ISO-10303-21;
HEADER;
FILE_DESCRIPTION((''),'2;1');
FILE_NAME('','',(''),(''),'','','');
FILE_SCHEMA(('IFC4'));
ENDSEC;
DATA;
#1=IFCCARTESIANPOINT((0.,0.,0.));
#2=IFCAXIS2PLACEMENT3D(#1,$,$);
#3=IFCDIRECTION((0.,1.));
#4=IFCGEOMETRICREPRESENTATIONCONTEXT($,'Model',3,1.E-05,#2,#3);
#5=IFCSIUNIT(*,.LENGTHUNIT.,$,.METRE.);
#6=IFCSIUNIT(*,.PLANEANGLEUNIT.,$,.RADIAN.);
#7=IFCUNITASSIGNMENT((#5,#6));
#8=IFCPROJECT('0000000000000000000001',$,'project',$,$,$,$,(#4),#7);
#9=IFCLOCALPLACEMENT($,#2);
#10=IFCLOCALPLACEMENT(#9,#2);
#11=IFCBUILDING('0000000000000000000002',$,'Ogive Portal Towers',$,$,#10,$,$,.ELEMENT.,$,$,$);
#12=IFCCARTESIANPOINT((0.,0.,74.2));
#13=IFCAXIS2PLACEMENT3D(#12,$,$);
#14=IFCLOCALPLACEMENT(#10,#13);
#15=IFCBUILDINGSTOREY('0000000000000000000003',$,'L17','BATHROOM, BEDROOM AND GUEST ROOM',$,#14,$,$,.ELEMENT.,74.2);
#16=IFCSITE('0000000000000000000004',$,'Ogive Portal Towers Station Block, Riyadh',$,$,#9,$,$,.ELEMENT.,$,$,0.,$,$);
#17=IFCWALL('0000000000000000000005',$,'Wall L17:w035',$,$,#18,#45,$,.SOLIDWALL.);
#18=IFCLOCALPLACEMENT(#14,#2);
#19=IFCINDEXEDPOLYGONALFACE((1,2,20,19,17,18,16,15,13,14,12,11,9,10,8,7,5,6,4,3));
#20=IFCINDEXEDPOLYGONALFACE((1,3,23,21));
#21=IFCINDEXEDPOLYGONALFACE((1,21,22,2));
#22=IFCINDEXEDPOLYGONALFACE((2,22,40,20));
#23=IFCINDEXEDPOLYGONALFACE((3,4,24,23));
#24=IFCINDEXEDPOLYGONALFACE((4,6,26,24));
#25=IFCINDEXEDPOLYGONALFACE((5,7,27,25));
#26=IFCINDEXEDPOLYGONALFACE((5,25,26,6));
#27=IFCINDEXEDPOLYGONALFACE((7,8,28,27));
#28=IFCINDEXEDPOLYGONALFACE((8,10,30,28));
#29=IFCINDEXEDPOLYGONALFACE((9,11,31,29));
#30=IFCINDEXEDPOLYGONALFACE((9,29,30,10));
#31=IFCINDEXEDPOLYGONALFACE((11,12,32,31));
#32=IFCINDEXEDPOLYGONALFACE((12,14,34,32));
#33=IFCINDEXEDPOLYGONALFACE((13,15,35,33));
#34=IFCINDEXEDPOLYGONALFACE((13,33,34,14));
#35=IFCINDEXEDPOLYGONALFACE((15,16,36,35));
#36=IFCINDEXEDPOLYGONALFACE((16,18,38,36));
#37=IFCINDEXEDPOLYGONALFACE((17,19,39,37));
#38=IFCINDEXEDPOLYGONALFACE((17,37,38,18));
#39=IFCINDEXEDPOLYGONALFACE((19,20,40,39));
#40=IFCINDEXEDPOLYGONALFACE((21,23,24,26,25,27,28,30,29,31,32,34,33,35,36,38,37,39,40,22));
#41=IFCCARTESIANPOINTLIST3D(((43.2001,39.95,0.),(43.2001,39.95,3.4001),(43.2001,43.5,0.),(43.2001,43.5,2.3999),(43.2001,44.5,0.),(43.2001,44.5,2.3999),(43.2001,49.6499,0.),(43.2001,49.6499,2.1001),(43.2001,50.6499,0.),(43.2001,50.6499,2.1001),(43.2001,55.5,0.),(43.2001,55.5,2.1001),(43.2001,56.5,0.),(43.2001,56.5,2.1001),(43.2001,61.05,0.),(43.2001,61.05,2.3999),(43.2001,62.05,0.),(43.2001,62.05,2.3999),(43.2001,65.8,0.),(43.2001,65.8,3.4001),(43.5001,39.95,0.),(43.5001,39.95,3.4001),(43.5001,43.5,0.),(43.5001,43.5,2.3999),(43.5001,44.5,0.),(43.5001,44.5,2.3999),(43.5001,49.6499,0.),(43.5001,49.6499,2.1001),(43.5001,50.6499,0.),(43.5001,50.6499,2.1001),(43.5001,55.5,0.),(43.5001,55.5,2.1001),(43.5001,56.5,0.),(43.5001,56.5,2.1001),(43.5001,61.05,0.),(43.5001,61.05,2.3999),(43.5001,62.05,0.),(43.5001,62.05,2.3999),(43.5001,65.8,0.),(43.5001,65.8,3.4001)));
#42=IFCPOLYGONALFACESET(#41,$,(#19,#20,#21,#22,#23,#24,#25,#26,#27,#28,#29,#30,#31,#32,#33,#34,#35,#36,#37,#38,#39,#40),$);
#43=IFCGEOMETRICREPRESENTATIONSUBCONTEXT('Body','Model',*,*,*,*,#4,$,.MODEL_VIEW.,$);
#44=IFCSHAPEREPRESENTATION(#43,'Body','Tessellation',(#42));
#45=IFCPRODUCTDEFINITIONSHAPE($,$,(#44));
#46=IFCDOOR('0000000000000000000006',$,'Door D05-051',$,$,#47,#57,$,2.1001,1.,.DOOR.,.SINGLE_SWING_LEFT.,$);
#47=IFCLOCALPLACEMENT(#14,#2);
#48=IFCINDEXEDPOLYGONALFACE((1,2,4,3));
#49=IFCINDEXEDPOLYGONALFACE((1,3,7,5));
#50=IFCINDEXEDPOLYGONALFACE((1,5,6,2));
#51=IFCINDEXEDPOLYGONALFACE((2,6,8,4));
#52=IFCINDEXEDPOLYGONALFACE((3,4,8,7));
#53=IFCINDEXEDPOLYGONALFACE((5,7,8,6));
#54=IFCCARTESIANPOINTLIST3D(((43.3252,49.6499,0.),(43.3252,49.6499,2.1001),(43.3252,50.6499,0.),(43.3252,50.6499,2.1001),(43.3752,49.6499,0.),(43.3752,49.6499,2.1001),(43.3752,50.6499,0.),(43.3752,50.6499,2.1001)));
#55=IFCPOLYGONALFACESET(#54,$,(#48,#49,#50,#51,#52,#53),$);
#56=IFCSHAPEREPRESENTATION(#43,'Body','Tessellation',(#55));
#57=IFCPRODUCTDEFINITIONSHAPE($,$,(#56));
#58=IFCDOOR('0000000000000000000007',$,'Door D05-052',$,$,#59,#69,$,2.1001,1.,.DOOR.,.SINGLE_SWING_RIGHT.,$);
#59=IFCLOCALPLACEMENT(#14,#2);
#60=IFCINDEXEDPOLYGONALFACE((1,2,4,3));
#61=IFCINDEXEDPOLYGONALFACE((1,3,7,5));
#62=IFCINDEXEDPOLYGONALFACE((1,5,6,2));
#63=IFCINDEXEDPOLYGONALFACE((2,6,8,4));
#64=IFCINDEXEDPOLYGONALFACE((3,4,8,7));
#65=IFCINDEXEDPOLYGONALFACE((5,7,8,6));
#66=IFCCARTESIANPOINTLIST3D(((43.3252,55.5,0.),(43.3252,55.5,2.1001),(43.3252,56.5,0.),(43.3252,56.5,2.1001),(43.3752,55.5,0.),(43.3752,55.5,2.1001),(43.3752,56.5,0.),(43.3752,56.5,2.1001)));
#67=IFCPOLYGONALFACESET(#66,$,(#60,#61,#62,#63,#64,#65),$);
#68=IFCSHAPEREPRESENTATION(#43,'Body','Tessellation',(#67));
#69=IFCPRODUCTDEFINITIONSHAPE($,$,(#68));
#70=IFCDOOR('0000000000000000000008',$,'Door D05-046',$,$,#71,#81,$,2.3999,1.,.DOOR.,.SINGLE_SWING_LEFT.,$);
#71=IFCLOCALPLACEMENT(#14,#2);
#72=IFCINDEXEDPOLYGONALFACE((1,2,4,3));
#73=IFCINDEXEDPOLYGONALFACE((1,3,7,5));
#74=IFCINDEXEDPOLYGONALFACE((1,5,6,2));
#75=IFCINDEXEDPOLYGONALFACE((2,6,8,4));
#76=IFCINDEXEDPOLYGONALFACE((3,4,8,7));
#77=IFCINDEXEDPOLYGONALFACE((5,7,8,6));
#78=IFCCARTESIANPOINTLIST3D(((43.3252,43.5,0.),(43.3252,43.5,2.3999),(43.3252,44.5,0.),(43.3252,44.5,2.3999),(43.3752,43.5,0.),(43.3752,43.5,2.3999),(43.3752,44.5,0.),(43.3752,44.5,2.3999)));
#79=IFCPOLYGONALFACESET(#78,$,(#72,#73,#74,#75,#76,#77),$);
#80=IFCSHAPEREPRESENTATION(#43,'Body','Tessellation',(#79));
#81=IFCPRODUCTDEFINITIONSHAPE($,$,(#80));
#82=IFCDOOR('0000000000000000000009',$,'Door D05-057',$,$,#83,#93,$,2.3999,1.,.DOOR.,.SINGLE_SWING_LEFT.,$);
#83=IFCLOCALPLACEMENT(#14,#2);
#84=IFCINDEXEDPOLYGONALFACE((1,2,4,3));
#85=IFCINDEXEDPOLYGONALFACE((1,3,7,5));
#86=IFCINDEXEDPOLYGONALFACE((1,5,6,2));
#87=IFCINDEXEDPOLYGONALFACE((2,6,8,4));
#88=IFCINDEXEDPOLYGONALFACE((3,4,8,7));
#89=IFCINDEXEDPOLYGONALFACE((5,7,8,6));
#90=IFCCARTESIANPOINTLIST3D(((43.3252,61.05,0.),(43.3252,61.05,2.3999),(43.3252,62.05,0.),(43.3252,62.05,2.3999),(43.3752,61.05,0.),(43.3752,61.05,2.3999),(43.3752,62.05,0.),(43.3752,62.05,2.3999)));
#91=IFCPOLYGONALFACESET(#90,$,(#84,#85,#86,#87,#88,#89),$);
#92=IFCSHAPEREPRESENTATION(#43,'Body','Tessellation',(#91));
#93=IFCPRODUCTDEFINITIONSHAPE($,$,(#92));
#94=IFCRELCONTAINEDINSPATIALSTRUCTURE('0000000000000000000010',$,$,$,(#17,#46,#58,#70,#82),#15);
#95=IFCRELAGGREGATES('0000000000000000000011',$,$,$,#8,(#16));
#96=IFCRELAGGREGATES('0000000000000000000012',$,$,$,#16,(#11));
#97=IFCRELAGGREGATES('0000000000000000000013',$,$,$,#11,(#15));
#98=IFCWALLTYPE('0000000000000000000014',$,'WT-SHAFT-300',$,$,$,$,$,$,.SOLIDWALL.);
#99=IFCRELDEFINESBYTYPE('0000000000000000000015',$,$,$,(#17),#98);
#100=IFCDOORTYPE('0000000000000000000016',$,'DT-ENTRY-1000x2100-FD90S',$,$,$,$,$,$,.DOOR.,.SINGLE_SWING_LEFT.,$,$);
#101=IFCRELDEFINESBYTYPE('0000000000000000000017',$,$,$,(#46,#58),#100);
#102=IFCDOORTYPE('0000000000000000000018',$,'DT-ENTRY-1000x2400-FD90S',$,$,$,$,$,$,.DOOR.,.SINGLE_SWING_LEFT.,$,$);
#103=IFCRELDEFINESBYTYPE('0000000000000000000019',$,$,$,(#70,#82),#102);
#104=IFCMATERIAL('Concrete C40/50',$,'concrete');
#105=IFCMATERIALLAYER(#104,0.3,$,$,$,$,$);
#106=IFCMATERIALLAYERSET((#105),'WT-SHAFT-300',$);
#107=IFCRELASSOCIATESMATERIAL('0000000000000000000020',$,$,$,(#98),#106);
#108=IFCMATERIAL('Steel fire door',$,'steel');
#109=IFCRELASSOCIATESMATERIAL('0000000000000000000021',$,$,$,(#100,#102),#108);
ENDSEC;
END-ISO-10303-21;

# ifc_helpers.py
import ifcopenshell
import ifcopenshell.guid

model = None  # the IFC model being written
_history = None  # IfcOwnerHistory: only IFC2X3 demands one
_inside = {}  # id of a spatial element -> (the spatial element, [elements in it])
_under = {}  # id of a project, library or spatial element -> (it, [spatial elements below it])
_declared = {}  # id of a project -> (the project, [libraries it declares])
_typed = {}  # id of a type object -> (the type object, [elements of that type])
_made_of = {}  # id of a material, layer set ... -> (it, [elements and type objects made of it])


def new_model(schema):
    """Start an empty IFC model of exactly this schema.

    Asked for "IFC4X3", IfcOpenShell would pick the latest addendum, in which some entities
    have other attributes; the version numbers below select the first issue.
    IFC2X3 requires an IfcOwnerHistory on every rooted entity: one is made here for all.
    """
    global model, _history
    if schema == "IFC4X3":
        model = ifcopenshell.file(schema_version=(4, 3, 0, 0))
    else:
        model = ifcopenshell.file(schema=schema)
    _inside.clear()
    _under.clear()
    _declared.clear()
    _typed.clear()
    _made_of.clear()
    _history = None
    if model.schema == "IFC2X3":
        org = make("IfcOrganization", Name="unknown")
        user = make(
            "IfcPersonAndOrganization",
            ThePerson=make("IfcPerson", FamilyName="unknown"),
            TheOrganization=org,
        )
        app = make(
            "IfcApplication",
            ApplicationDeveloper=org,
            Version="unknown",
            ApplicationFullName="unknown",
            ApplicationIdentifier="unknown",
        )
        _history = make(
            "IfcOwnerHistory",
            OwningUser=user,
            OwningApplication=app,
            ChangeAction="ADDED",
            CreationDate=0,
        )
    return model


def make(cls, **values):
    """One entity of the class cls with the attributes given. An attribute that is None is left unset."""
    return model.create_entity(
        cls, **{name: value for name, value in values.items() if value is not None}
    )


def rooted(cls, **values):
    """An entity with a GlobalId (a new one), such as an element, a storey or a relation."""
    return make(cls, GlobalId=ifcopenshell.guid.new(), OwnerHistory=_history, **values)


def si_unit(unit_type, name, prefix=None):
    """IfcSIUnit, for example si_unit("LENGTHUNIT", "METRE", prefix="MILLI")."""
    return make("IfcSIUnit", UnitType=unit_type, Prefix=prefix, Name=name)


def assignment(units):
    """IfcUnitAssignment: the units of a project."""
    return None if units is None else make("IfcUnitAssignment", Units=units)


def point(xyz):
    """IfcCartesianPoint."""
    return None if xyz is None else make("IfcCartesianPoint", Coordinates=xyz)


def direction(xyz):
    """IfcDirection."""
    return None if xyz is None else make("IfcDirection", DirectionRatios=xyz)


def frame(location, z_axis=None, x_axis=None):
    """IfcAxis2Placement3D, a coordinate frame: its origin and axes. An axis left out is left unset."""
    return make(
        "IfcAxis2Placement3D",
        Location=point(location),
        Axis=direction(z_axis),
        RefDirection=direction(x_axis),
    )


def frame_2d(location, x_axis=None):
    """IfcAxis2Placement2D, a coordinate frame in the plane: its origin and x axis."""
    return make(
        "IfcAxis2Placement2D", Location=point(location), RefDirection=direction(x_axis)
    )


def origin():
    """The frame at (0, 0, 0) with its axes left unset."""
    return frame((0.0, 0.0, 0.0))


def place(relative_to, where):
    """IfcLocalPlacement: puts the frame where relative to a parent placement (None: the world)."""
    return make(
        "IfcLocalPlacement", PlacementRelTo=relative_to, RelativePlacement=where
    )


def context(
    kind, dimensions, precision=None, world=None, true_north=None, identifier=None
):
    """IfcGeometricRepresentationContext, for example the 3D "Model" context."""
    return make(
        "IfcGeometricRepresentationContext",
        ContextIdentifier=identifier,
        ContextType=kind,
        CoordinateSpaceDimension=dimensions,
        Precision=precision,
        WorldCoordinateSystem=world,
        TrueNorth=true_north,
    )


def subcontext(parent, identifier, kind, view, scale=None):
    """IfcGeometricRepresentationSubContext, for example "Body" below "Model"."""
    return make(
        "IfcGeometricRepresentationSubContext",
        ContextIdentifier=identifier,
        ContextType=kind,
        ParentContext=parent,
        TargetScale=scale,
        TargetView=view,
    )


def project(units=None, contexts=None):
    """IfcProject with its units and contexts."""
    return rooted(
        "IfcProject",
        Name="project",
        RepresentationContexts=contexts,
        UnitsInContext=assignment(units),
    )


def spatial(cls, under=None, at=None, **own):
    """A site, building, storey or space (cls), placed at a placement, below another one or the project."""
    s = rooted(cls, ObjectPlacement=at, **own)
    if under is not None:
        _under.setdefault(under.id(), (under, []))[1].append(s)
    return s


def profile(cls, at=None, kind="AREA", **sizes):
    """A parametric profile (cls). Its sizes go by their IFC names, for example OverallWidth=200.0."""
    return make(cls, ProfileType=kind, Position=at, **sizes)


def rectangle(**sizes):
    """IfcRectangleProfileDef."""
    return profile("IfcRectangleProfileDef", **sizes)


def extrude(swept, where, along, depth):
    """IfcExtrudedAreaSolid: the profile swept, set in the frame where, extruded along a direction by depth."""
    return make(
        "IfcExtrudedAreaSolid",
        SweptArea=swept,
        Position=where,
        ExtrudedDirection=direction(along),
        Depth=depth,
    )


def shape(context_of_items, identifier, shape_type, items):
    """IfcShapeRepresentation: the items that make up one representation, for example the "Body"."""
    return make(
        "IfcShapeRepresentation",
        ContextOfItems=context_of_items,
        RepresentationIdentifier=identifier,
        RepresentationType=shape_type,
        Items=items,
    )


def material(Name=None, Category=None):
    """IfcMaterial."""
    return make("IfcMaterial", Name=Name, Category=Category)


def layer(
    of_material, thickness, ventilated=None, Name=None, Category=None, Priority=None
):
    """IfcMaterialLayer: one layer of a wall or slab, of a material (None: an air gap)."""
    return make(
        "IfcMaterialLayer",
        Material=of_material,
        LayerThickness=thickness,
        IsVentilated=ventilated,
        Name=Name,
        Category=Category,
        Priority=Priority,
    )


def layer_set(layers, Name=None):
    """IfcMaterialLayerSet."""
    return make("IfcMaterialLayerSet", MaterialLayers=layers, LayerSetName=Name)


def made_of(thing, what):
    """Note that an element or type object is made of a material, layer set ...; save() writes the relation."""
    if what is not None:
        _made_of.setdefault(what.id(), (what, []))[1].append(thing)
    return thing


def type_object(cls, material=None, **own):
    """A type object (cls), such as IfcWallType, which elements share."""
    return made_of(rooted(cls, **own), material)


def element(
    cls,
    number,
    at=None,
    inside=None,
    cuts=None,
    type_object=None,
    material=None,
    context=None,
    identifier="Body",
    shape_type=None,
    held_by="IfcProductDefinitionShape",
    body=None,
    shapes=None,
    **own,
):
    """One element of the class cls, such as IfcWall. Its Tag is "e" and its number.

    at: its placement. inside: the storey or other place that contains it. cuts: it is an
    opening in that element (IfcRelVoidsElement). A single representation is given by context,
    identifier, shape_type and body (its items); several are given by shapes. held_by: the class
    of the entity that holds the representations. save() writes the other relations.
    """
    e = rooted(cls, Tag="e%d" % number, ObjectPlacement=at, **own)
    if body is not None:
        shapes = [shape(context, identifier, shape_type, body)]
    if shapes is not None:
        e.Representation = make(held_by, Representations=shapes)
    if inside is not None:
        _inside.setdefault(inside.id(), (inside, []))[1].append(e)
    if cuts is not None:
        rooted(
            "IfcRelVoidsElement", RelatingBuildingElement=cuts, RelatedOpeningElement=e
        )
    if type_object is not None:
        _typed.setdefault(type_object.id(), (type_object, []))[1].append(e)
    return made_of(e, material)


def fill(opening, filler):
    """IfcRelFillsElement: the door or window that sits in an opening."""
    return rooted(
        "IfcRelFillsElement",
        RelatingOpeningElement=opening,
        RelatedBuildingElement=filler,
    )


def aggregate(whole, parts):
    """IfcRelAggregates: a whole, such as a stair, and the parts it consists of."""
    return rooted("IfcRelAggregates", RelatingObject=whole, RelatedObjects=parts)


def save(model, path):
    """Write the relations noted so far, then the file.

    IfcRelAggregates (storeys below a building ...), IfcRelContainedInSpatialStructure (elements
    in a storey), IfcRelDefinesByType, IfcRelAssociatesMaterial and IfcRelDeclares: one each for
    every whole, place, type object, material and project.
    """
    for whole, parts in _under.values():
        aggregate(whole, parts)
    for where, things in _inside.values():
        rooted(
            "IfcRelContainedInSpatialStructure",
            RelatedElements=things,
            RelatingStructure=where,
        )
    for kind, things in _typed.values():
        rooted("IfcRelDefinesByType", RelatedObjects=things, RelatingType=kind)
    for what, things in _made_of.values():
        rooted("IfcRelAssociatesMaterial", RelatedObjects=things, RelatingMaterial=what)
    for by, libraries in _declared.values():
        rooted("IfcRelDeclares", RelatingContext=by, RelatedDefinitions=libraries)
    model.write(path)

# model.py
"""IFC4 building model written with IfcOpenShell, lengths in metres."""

from ifc_helpers import new_model, si_unit, direction, frame, frame_2d, origin, place, context, subcontext, project, spatial, rectangle, extrude, material, layer, layer_set, type_object, element, fill, save


model = new_model("IFC4")

# Units and contexts
model_context = context("Model", 3, precision=1e-05, world=origin(), true_north=direction((0.0, 1.0)))
body_context = subcontext(model_context, "Body", "Model", "MODEL_VIEW")
ifc_project = project(units=[si_unit("LENGTHUNIT", "METRE"), si_unit("PLANEANGLEUNIT", "RADIAN")], contexts=[model_context])

# Site, building, storey
site_placement = place(None, origin())
site = spatial("IfcSite", under=ifc_project, at=site_placement, Name="Ogive Portal Towers Station Block, Riyadh", CompositionType="ELEMENT", RefElevation=0.0)
building_placement = place(site_placement, origin())
building = spatial("IfcBuilding", under=site, at=building_placement, Name="Ogive Portal Towers", CompositionType="ELEMENT")
storey_placement = place(building_placement, frame((0.0, 0.0, 74.2)))
storey = spatial("IfcBuildingStorey", under=building, at=storey_placement, Name="L17", Description="BATHROOM, BEDROOM AND GUEST ROOM", CompositionType="ELEMENT", Elevation=74.2)

# Shared definitions
ifc_material_1 = material(Name="Concrete C40/50", Category="concrete")

# Shared definitions
ifc_material_2 = material(Name="Steel fire door", Category="steel")

# Shared definitions
ifc_layer_1 = layer(ifc_material_1, 0.3)
ifc_layer_set_1 = layer_set([ifc_layer_1], Name="WT-SHAFT-300")
wall_type_1 = type_object("IfcWallType", Name="WT-SHAFT-300", PredefinedType="SOLIDWALL", material=ifc_layer_set_1)

# Wall, openings, doors
wall_1_placement = place(storey_placement, frame((43.3501, 39.95, 0.0), z_axis=(0.0, 0.0, 1.0), x_axis=(0.0, 1.0, 0.0)))
wall_1 = element("IfcWall", 1, at=wall_1_placement, inside=storey, type_object=wall_type_1, Name="Wall L17:w035", PredefinedType="SOLIDWALL", context=body_context, shape_type="SweptSolid", body=[
    extrude(rectangle(XDim=25.8501, YDim=0.3, at=frame_2d((12.925, 0.0))), origin(), (0.0, 0.0, 1.0), 3.4001),
])
opening_1_placement = place(wall_1_placement, frame((3.55, 0.0, 0.0)))
opening_1 = element("IfcOpeningElement", 2, at=opening_1_placement, cuts=wall_1, PredefinedType="OPENING", context=body_context, shape_type="SweptSolid", body=[
    extrude(rectangle(XDim=1.0, YDim=2.3999, at=frame_2d((0.5, 1.2))), frame((0.0, 0.1602, 0.0), z_axis=(0.0, -1.0, 0.0), x_axis=(1.0, 0.0, 0.0)), (0.0, 0.0, 1.0), 0.3201),
])
opening_2_placement = place(wall_1_placement, frame((9.7, 0.0, 0.0)))
opening_2 = element("IfcOpeningElement", 3, at=opening_2_placement, cuts=wall_1, PredefinedType="OPENING", context=body_context, shape_type="SweptSolid", body=[
    extrude(rectangle(XDim=1.0, YDim=2.1001, at=frame_2d((0.5, 1.05))), frame((0.0, 0.1602, 0.0), z_axis=(0.0, -1.0, 0.0), x_axis=(1.0, 0.0, 0.0)), (0.0, 0.0, 1.0), 0.3201),
])
opening_3_placement = place(wall_1_placement, frame((15.55, 0.0, 0.0)))
opening_3 = element("IfcOpeningElement", 4, at=opening_3_placement, cuts=wall_1, PredefinedType="OPENING", context=body_context, shape_type="SweptSolid", body=[
    extrude(rectangle(XDim=1.0, YDim=2.1001, at=frame_2d((0.5, 1.05))), frame((0.0, 0.1602, 0.0), z_axis=(0.0, -1.0, 0.0), x_axis=(1.0, 0.0, 0.0)), (0.0, 0.0, 1.0), 0.3201),
])
opening_4_placement = place(wall_1_placement, frame((21.1001, 0.0, 0.0)))
opening_4 = element("IfcOpeningElement", 5, at=opening_4_placement, cuts=wall_1, PredefinedType="OPENING", context=body_context, shape_type="SweptSolid", body=[
    extrude(rectangle(XDim=1.0, YDim=2.3999, at=frame_2d((0.5, 1.2))), frame((0.0, 0.1602, 0.0), z_axis=(0.0, -1.0, 0.0), x_axis=(1.0, 0.0, 0.0)), (0.0, 0.0, 1.0), 0.3201),
])
door_type_1 = type_object("IfcDoorType", Name="DT-ENTRY-1000x2100-FD90S", OperationType="SINGLE_SWING_LEFT", PredefinedType="DOOR", material=ifc_material_2)
door_1_placement = place(opening_2_placement, origin())
door_1 = element("IfcDoor", 6, at=door_1_placement, inside=storey, type_object=door_type_1, Name="Door D05-051", OperationType="SINGLE_SWING_LEFT", OverallHeight=2.1001, OverallWidth=1.0, PredefinedType="DOOR", context=body_context, shape_type="SweptSolid", body=[
    extrude(rectangle(XDim=1.0, YDim=2.1001, at=frame_2d((0.5, 1.05))), frame((0.0, 0.0249, 0.0), z_axis=(0.0, -1.0, 0.0), x_axis=(1.0, 0.0, 0.0)), (0.0, 0.0, 1.0), 0.05),
])
fill(opening_2, door_1)
door_2_placement = place(opening_3_placement, origin())
door_2 = element("IfcDoor", 7, at=door_2_placement, inside=storey, type_object=door_type_1, Name="Door D05-052", OperationType="SINGLE_SWING_RIGHT", OverallHeight=2.1001, OverallWidth=1.0, PredefinedType="DOOR", context=body_context, shape_type="SweptSolid", body=[
    extrude(rectangle(XDim=1.0, YDim=2.1001, at=frame_2d((0.5, 1.05))), frame((0.0, 0.0249, 0.0), z_axis=(0.0, -1.0, 0.0), x_axis=(1.0, 0.0, 0.0)), (0.0, 0.0, 1.0), 0.05),
])
fill(opening_3, door_2)
door_type_2 = type_object("IfcDoorType", Name="DT-ENTRY-1000x2400-FD90S", OperationType="SINGLE_SWING_LEFT", PredefinedType="DOOR", material=ifc_material_2)
door_3_placement = place(opening_1_placement, origin())
door_3 = element("IfcDoor", 8, at=door_3_placement, inside=storey, type_object=door_type_2, Name="Door D05-046", OperationType="SINGLE_SWING_LEFT", OverallHeight=2.3999, OverallWidth=1.0, PredefinedType="DOOR", context=body_context, shape_type="SweptSolid", body=[
    extrude(rectangle(XDim=1.0, YDim=2.3999, at=frame_2d((0.5, 1.2))), frame((0.0, 0.0249, 0.0), z_axis=(0.0, -1.0, 0.0), x_axis=(1.0, 0.0, 0.0)), (0.0, 0.0, 1.0), 0.05),
])
fill(opening_1, door_3)
door_4_placement = place(opening_4_placement, origin())
door_4 = element("IfcDoor", 9, at=door_4_placement, inside=storey, type_object=door_type_2, Name="Door D05-057", OperationType="SINGLE_SWING_LEFT", OverallHeight=2.3999, OverallWidth=1.0, PredefinedType="DOOR", context=body_context, shape_type="SweptSolid", body=[
    extrude(rectangle(XDim=1.0, YDim=2.3999, at=frame_2d((0.5, 1.2))), frame((0.0, 0.0249, 0.0), z_axis=(0.0, -1.0, 0.0), x_axis=(1.0, 0.0, 0.0)), (0.0, 0.0, 1.0), 0.05),
])
fill(opening_4, door_4)

save(model, "model.ifc")
